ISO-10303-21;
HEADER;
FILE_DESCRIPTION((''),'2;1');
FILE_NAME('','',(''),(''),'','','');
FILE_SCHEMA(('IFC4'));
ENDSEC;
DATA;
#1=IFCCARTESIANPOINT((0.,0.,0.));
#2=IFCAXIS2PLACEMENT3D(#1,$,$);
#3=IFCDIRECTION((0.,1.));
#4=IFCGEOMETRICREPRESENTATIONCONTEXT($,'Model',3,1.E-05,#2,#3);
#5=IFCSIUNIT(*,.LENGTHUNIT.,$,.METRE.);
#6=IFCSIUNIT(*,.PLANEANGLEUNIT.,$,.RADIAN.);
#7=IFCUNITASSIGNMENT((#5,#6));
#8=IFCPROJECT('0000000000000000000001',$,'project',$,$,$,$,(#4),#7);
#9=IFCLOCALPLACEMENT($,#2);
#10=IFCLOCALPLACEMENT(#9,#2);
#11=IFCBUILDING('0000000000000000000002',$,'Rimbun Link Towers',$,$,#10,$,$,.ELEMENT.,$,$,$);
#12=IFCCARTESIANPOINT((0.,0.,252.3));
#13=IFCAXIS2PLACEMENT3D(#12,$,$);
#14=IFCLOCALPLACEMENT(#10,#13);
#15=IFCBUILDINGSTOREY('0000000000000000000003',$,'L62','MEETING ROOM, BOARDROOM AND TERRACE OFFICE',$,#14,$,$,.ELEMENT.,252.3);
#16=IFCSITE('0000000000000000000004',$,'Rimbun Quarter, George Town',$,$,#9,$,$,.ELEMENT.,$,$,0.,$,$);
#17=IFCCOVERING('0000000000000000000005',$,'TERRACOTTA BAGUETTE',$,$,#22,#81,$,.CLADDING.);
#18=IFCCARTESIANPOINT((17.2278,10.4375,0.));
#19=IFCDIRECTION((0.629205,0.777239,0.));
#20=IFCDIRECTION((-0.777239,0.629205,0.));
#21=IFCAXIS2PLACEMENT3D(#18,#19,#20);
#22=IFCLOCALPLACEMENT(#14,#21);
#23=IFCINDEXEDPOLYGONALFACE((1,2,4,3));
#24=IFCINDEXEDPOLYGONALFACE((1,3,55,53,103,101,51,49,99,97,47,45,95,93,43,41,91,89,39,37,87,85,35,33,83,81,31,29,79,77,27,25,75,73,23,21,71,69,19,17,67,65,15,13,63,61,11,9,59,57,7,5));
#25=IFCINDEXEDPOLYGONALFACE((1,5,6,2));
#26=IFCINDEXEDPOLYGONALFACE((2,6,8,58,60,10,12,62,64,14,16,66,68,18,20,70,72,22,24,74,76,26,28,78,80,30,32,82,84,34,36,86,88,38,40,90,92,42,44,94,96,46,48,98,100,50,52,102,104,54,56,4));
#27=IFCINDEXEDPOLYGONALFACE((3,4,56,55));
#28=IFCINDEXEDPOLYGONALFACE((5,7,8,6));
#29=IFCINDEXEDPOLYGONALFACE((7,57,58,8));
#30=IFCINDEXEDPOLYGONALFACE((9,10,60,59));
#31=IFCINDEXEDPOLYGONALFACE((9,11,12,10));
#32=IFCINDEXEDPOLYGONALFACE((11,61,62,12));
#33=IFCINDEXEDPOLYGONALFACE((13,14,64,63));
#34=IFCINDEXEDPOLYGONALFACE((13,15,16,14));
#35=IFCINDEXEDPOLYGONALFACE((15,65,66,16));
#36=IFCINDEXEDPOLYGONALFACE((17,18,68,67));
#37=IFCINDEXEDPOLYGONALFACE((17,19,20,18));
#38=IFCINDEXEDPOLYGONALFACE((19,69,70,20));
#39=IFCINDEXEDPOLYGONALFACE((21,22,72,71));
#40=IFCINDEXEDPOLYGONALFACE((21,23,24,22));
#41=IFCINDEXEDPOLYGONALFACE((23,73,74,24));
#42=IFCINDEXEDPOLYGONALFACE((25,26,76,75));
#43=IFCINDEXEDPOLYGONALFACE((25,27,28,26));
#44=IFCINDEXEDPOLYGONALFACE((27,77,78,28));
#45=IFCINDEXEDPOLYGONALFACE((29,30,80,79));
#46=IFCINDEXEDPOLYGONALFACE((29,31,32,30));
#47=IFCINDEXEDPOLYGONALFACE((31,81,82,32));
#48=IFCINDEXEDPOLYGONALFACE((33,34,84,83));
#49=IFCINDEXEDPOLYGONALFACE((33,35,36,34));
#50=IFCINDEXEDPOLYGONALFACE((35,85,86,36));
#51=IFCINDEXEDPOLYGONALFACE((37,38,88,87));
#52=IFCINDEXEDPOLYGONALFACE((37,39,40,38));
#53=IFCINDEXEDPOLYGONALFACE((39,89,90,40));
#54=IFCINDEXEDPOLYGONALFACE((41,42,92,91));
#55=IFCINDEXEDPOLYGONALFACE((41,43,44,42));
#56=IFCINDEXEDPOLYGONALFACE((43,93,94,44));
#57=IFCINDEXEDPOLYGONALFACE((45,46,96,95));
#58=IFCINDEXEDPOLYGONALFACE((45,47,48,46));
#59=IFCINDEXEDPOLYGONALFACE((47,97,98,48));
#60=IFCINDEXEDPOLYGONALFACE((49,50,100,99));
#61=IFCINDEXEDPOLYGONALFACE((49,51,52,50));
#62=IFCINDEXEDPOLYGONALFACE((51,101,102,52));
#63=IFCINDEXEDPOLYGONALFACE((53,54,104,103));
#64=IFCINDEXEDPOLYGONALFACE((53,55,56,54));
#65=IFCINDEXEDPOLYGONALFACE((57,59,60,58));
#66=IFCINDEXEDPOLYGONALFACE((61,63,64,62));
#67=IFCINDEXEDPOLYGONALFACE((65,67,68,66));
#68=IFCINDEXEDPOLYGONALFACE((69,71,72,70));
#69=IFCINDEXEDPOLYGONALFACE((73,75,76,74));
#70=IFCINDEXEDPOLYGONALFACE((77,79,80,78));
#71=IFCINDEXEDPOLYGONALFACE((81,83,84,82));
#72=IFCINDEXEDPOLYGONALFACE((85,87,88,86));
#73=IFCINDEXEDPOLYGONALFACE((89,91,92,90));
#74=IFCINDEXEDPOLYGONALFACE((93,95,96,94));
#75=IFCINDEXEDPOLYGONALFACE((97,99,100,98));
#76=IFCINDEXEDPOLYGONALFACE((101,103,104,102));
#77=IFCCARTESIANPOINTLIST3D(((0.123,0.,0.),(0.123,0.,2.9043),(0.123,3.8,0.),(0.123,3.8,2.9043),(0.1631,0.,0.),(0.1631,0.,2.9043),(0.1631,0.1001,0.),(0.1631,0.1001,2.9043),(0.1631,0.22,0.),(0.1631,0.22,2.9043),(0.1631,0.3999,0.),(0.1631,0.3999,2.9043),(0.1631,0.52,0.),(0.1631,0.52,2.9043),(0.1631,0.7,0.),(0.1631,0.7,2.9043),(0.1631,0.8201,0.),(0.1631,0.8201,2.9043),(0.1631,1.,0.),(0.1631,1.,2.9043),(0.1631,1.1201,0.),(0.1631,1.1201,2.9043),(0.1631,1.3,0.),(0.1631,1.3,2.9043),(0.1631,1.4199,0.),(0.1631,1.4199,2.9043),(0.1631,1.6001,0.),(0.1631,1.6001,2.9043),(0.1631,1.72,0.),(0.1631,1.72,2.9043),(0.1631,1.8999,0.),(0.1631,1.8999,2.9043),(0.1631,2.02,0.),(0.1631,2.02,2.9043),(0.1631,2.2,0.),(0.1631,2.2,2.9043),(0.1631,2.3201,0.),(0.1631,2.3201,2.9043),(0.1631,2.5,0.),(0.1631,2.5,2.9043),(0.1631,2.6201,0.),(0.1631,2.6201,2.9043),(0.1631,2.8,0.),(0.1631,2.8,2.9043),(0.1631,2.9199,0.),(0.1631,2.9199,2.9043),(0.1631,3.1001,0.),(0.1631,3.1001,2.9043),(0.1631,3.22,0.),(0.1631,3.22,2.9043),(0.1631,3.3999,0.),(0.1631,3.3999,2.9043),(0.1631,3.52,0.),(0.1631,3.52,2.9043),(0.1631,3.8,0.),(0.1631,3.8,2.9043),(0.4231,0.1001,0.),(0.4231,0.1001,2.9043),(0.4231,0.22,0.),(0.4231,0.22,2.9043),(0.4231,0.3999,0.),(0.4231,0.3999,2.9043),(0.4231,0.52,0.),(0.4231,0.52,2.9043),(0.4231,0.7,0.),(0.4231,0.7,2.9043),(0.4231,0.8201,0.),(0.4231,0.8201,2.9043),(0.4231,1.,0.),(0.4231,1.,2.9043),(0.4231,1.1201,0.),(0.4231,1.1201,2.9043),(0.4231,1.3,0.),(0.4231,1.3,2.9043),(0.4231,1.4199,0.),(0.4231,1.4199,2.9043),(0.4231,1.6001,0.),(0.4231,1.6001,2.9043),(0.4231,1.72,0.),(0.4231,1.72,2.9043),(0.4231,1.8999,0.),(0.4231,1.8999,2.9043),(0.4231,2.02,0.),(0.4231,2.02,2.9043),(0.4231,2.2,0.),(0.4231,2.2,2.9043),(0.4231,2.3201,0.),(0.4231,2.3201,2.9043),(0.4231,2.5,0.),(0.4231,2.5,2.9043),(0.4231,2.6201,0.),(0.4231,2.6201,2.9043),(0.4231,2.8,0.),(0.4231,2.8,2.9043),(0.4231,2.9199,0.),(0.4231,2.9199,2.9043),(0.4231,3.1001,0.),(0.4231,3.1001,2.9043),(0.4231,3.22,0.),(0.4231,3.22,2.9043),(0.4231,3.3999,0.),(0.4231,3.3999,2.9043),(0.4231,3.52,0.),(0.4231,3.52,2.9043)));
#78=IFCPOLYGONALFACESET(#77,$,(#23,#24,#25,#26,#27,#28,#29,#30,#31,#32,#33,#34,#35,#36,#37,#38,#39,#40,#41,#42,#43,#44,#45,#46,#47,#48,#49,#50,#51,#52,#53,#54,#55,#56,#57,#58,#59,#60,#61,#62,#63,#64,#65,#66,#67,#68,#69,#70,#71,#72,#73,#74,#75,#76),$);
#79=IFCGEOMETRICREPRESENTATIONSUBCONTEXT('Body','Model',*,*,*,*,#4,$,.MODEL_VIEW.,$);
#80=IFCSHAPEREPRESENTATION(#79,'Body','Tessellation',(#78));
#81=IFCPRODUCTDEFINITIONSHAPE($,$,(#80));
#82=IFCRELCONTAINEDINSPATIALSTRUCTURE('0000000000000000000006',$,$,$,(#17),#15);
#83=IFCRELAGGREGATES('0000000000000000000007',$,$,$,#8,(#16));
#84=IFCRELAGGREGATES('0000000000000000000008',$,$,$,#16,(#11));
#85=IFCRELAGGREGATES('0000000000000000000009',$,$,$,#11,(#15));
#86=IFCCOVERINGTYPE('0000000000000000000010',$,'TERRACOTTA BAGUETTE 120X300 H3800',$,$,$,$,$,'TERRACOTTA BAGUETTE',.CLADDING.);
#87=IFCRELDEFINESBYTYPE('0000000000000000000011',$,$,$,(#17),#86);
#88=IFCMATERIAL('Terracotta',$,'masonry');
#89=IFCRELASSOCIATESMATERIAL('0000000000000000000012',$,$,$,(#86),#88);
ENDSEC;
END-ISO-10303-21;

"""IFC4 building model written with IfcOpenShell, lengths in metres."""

from ifc_helpers import new_model, si_unit, direction, frame, origin, place, context, subcontext, project, spatial, polyline, outline, extrude, material, material_profile, profile_set, type_object, element, save


model = new_model("IFC4")

# Units and contexts
model_context = context("Model", 3, precision=1e-05, world=origin(), true_north=direction((0.0, 1.0)))
body_context = subcontext(model_context, "Body", "Model", "MODEL_VIEW")
ifc_project = project(units=[si_unit("LENGTHUNIT", "METRE"), si_unit("PLANEANGLEUNIT", "RADIAN")], contexts=[model_context])

# Site, building, storey
site_placement = place(None, origin())
site = spatial("IfcSite", under=ifc_project, at=site_placement, Name="Rimbun Quarter, George Town", CompositionType="ELEMENT", RefElevation=0.0)
building_placement = place(site_placement, origin())
building = spatial("IfcBuilding", under=site, at=building_placement, Name="Rimbun Link Towers", CompositionType="ELEMENT")
storey_placement = place(building_placement, frame((0.0, 0.0, 252.3)))
storey = spatial("IfcBuildingStorey", under=building, at=storey_placement, Name="L62", Description="MEETING ROOM, BOARDROOM AND TERRACE OFFICE", CompositionType="ELEMENT", Elevation=252.3)

# Covering
ifc_material_1 = material(Name="Terracotta", Category="masonry")
ifc_material_profile_1 = material_profile(ifc_material_1, outline(polyline([(0.123, 0.0), (0.1631, 0.0), (0.1631, 0.1001), (0.4231, 0.1001), (0.4231, 0.22), (0.1631, 0.22), (0.1631, 0.3999), (0.4231, 0.3999), (0.4231, 0.52), (0.1631, 0.52), (0.1631, 0.7), (0.4231, 0.7), (0.4231, 0.8201), (0.1631, 0.8201), (0.1631, 1.0), (0.4231, 1.0), (0.4231, 1.1201), (0.1631, 1.1201), (0.1631, 1.3), (0.4231, 1.3), (0.4231, 1.4199), (0.1631, 1.4199), (0.1631, 1.6001), (0.4231, 1.6001), (0.4231, 1.72), (0.1631, 1.72), (0.1631, 1.8999), (0.4231, 1.8999), (0.4231, 2.02), (0.1631, 2.02), (0.1631, 2.2), (0.4231, 2.2), (0.4231, 2.3201), (0.1631, 2.3201), (0.1631, 2.5), (0.4231, 2.5), (0.4231, 2.6201), (0.1631, 2.6201), (0.1631, 2.8), (0.4231, 2.8), (0.4231, 2.9199), (0.1631, 2.9199), (0.1631, 3.1001), (0.4231, 3.1001), (0.4231, 3.22), (0.1631, 3.22), (0.1631, 3.3999), (0.4231, 3.3999), (0.4231, 3.52), (0.1631, 3.52), (0.1631, 3.8), (0.123, 3.8), (0.123, 0.0)])), Name="BAGUETTE 120X300")
ifc_profile_set_1 = profile_set([ifc_material_profile_1], Name="Terracotta")
covering_type = type_object("IfcCoveringType", Name="TERRACOTTA BAGUETTE 120X300 H3800", ElementType="TERRACOTTA BAGUETTE", PredefinedType="CLADDING", material=ifc_profile_set_1)
for number, where, z_axis, x_axis, name in (
    (1, (17.2278, 10.4375, 0.0), (0.629205, 0.777239, 0.0), (-0.777239, 0.629205, 0.0), "TERRACOTTA BAGUETTE"),
):
    element("IfcCovering", number, at=place(storey_placement, frame(where, z_axis=z_axis, x_axis=x_axis)), inside=storey, type_object=covering_type, Name=name, PredefinedType="CLADDING", context=body_context, shape_type="SweptSolid", body=[
        extrude(outline(polyline([(0.123, 0.0), (0.1631, 0.0), (0.1631, 0.1001), (0.4231, 0.1001), (0.4231, 0.22), (0.1631, 0.22), (0.1631, 0.3999), (0.4231, 0.3999), (0.4231, 0.52), (0.1631, 0.52), (0.1631, 0.7), (0.4231, 0.7), (0.4231, 0.8201), (0.1631, 0.8201), (0.1631, 1.0), (0.4231, 1.0), (0.4231, 1.1201), (0.1631, 1.1201), (0.1631, 1.3), (0.4231, 1.3), (0.4231, 1.4199), (0.1631, 1.4199), (0.1631, 1.6001), (0.4231, 1.6001), (0.4231, 1.72), (0.1631, 1.72), (0.1631, 1.8999), (0.4231, 1.8999), (0.4231, 2.02), (0.1631, 2.02), (0.1631, 2.2), (0.4231, 2.2), (0.4231, 2.3201), (0.1631, 2.3201), (0.1631, 2.5), (0.4231, 2.5), (0.4231, 2.6201), (0.1631, 2.6201), (0.1631, 2.8), (0.4231, 2.8), (0.4231, 2.9199), (0.1631, 2.9199), (0.1631, 3.1001), (0.4231, 3.1001), (0.4231, 3.22), (0.1631, 3.22), (0.1631, 3.3999), (0.4231, 3.3999), (0.4231, 3.52), (0.1631, 3.52), (0.1631, 3.8), (0.123, 3.8), (0.123, 0.0)])), origin(), (0.0, 0.0, 1.0), 2.9043),
    ])

save(model, "model.ifc")
